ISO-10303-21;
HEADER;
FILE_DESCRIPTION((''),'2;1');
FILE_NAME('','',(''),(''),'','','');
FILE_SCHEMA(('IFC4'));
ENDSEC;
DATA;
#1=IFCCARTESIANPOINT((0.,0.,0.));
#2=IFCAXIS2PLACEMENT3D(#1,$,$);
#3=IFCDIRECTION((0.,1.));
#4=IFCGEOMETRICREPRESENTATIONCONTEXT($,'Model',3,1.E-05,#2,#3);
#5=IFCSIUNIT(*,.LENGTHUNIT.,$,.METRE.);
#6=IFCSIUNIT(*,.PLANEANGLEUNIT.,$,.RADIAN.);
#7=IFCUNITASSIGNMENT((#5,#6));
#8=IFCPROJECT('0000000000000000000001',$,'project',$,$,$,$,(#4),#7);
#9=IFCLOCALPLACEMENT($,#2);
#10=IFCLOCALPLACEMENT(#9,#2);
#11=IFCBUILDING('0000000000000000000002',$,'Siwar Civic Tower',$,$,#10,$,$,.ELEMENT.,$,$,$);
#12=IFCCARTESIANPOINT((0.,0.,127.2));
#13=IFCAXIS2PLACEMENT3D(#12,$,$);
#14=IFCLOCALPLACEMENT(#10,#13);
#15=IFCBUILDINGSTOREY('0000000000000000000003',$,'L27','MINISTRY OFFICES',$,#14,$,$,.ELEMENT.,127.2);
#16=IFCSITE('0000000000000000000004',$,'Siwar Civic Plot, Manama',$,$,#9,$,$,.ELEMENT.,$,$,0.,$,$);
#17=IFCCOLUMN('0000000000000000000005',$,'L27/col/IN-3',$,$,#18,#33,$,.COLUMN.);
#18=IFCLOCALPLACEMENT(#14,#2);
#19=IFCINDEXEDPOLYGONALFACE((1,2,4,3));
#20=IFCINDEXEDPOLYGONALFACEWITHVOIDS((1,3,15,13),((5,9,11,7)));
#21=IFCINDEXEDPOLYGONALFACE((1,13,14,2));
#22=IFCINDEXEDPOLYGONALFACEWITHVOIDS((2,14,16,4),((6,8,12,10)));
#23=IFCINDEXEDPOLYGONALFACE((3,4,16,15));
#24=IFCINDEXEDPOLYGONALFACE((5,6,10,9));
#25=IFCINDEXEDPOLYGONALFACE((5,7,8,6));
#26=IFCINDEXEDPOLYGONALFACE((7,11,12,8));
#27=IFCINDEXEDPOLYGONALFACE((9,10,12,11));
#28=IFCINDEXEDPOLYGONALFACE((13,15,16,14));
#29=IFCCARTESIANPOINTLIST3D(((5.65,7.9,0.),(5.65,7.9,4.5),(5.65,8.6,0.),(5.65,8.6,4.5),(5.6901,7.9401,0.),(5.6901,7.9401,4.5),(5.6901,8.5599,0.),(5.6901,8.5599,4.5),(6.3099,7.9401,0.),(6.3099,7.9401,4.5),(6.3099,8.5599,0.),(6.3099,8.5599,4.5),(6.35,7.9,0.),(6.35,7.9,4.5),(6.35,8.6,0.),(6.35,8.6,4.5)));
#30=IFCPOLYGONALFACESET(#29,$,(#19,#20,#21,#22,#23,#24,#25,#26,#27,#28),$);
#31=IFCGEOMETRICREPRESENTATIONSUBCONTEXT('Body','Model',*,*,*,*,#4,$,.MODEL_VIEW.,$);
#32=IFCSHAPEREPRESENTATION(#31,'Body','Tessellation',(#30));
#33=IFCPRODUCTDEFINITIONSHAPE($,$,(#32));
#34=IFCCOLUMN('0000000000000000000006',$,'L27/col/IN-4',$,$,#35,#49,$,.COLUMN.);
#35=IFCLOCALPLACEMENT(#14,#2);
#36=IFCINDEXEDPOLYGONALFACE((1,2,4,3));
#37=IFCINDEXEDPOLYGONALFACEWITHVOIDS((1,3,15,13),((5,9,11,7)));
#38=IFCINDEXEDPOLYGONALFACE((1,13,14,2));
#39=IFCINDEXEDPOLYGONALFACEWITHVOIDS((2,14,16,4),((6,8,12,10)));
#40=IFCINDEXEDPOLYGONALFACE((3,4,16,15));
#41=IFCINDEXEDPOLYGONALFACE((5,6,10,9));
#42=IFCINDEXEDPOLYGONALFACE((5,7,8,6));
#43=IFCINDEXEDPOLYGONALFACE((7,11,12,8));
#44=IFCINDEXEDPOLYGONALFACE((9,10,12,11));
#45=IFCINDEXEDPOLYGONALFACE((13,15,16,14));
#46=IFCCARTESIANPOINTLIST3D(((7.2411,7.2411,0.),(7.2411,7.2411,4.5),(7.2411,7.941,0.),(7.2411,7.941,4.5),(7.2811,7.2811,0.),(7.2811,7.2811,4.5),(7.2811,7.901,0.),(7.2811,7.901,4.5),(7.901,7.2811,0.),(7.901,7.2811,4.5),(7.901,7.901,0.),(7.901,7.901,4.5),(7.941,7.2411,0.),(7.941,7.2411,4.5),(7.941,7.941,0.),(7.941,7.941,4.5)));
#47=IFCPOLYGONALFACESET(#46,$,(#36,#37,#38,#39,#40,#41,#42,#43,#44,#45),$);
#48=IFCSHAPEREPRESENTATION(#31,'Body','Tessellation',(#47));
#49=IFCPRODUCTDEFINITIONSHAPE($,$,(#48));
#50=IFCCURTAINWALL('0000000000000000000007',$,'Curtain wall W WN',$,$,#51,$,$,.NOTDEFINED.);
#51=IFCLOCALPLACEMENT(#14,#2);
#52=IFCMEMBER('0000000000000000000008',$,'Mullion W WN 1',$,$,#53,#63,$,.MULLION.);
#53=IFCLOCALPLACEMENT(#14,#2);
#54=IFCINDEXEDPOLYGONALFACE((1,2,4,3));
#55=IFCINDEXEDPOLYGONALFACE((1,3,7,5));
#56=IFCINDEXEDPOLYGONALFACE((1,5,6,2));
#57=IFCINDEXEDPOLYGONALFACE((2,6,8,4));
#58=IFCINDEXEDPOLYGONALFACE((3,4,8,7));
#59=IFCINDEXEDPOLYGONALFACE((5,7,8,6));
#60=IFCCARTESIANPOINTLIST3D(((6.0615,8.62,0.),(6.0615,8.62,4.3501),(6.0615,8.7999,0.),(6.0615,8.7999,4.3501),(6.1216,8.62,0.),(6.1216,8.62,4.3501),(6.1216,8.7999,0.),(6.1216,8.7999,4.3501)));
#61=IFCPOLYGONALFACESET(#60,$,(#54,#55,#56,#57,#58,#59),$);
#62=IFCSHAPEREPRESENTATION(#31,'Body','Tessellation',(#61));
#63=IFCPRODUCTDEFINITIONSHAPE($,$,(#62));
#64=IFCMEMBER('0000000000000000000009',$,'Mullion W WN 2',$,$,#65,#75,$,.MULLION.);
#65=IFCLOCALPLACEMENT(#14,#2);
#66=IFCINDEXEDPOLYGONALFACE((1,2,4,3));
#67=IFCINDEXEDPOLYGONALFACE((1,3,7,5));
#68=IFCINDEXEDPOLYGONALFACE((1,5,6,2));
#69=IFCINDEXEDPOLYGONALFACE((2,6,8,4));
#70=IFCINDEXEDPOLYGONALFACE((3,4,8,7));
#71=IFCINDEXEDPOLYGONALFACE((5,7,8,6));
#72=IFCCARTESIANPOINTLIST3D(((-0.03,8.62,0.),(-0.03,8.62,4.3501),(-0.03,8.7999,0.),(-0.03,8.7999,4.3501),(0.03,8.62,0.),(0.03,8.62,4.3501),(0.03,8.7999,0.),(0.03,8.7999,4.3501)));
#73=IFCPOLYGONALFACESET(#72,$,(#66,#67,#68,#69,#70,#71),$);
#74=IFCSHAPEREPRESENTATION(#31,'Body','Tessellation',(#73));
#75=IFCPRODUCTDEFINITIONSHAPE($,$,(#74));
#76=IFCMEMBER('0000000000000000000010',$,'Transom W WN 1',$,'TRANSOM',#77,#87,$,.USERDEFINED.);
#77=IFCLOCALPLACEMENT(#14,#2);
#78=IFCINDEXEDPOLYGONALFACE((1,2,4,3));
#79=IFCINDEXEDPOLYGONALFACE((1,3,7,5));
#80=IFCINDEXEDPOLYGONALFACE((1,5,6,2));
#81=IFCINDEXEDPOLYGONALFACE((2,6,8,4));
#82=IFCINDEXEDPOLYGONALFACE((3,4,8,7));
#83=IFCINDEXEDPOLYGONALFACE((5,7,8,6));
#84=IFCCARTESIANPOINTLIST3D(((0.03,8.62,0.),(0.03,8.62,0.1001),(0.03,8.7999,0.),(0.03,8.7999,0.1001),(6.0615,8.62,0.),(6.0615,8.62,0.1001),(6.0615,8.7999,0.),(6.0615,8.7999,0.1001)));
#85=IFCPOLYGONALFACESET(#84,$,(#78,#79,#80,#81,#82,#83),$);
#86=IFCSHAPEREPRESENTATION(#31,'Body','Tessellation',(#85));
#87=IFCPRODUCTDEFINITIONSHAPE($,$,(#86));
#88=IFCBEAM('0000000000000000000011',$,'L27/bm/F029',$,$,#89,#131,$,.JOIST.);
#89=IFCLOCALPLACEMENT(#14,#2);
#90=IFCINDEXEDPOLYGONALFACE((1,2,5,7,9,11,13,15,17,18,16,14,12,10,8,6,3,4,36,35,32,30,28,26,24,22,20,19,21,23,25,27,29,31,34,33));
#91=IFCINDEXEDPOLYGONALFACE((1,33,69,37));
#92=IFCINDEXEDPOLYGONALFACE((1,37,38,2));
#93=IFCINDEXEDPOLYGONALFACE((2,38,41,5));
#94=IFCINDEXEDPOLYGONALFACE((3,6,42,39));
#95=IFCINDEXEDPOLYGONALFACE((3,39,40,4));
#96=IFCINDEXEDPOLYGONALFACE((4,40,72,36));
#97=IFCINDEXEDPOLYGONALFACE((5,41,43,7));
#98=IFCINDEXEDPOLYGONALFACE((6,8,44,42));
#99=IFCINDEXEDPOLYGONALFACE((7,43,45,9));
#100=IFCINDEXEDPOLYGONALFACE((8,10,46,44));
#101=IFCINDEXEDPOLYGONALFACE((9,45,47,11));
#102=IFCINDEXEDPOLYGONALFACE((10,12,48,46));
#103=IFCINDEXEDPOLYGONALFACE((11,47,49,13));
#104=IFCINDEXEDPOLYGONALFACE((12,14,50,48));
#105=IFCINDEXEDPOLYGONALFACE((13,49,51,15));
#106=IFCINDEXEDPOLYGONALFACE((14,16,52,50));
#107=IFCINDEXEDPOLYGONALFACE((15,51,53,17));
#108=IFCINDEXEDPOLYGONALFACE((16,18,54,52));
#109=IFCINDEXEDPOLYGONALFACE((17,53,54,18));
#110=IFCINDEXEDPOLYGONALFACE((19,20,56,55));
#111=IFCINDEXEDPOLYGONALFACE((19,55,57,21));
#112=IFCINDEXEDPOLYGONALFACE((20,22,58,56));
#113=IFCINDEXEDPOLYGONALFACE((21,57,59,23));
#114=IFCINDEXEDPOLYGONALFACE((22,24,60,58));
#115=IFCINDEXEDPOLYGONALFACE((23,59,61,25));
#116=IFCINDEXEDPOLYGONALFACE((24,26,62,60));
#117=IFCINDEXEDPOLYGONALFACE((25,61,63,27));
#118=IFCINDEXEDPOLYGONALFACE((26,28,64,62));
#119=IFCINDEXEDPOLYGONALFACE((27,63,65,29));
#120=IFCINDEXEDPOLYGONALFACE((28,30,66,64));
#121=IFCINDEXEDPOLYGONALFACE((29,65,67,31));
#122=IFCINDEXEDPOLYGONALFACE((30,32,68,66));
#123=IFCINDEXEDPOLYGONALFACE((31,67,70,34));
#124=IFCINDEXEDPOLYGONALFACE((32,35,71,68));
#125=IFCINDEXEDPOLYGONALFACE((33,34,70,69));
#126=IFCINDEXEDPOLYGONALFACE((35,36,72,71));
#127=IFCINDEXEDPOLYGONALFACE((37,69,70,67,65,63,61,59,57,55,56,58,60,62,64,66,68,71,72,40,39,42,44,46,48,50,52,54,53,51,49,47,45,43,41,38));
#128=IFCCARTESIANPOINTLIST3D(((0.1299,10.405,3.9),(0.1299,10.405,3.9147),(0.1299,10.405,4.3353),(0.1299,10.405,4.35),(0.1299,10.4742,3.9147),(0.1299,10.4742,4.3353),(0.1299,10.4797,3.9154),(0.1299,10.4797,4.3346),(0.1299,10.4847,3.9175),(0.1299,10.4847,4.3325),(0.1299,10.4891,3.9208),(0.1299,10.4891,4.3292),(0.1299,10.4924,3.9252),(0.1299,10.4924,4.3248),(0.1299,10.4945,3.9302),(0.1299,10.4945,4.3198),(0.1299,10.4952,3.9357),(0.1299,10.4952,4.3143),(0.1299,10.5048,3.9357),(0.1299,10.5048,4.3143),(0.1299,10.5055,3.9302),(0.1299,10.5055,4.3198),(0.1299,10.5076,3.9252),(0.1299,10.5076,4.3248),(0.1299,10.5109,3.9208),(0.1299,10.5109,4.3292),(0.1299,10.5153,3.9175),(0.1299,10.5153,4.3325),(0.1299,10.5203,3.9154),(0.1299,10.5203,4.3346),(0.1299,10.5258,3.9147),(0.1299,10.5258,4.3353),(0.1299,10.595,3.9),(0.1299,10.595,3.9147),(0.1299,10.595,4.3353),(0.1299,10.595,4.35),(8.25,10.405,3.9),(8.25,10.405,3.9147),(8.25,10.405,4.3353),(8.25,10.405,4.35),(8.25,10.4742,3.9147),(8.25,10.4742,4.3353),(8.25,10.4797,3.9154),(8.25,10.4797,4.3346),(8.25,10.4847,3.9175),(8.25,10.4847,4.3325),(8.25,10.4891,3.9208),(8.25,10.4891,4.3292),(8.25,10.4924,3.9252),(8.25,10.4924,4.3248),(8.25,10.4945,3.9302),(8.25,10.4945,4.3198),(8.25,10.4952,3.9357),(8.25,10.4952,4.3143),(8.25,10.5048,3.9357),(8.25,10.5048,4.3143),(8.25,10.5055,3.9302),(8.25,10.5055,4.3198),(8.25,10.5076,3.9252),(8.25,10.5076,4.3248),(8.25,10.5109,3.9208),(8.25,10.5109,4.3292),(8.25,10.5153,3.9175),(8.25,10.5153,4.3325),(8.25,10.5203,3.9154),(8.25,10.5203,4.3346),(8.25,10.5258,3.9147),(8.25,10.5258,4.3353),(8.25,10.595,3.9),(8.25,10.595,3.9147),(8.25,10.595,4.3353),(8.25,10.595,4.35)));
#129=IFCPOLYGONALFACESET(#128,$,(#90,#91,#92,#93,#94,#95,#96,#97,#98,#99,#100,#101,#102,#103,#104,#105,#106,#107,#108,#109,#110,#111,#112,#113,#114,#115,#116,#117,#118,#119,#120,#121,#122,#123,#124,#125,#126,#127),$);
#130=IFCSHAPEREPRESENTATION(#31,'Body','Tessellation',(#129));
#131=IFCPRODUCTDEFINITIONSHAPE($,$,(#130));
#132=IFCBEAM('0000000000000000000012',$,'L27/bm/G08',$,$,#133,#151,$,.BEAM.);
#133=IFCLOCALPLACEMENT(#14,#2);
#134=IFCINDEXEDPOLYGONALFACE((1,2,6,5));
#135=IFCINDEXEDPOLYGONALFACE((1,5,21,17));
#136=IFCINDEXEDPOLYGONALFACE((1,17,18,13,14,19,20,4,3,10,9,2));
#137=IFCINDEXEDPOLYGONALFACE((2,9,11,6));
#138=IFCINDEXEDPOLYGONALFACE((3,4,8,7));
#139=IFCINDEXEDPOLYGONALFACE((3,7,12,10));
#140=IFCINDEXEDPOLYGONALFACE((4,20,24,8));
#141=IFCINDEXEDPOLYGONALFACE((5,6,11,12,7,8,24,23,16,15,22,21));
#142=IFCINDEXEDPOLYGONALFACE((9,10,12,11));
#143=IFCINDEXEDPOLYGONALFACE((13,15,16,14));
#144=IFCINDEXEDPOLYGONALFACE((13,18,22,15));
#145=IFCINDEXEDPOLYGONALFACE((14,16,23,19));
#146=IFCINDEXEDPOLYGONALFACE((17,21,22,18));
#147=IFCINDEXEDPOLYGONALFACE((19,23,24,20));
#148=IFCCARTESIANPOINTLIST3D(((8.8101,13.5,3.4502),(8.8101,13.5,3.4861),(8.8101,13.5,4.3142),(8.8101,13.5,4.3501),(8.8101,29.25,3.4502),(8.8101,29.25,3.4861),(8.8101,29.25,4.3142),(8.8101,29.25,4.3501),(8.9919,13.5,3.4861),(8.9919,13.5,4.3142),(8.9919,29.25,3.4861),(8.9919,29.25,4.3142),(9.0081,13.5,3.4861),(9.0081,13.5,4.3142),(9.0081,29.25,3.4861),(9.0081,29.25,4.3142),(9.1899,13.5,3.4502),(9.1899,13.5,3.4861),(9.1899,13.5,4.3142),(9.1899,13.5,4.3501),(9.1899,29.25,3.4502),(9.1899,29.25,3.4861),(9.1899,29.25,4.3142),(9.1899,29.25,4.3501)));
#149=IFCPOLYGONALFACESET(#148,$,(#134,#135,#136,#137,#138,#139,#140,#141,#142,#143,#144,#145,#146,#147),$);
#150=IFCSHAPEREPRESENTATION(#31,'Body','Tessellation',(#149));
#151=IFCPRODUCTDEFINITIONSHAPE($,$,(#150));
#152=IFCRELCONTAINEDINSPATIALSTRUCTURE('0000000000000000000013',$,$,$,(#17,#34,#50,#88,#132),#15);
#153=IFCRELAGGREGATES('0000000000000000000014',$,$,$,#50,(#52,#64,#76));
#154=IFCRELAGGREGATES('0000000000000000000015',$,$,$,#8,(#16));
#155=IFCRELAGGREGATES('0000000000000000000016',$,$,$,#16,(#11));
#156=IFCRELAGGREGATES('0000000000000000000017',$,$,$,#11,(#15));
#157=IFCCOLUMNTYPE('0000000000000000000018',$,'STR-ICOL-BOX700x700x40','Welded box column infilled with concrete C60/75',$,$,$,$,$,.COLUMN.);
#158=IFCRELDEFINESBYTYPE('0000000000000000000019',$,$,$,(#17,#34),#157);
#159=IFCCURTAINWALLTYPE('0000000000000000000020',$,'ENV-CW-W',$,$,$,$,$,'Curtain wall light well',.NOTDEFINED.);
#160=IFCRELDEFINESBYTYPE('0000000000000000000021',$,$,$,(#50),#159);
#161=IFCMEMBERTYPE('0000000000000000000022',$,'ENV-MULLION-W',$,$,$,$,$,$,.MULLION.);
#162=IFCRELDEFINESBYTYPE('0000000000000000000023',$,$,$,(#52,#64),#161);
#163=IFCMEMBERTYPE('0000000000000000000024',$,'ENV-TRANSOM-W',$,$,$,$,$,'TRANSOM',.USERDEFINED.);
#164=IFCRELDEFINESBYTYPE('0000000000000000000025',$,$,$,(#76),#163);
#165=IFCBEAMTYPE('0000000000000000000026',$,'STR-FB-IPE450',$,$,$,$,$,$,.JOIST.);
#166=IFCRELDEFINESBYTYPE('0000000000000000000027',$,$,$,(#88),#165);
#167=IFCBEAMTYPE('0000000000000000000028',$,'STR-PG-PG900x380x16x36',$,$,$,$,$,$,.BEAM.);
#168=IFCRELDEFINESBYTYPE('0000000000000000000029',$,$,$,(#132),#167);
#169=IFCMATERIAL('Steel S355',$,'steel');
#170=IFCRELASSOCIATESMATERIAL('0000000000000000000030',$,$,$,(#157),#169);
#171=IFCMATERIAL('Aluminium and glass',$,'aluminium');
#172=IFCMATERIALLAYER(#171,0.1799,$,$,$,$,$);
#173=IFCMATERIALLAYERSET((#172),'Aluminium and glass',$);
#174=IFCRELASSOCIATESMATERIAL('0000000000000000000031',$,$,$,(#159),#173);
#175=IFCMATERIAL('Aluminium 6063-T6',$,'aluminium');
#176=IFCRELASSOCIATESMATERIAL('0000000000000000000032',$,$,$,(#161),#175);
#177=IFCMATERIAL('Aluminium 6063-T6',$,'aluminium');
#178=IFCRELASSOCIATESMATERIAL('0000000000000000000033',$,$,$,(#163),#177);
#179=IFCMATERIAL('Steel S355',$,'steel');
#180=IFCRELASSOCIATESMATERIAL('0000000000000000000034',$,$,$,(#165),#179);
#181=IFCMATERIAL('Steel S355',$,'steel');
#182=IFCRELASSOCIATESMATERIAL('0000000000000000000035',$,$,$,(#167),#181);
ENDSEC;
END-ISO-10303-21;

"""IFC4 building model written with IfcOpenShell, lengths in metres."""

from ifc_helpers import new_model, si_unit, direction, frame, origin, origin_2d, place, context, subcontext, project, spatial, rectangle, hollow_rectangle, i_section, extrude, material, layer, layer_set, material_profile, profile_set, type_object, element, aggregate, save


model = new_model("IFC4")

# Units and contexts
model_context = context("Model", 3, precision=1e-05, world=origin(), true_north=direction((0.0, 1.0)))
body_context = subcontext(model_context, "Body", "Model", "MODEL_VIEW")
ifc_project = project(units=[si_unit("LENGTHUNIT", "METRE"), si_unit("PLANEANGLEUNIT", "RADIAN")], contexts=[model_context])

# Site, building, storey
site_placement = place(None, origin())
site = spatial("IfcSite", under=ifc_project, at=site_placement, Name="Siwar Civic Plot, Manama", CompositionType="ELEMENT", RefElevation=0.0)
building_placement = place(site_placement, origin())
building = spatial("IfcBuilding", under=site, at=building_placement, Name="Siwar Civic Tower", CompositionType="ELEMENT")
storey_placement = place(building_placement, frame((0.0, 0.0, 127.2)))
storey = spatial("IfcBuildingStorey", under=building, at=storey_placement, Name="L27", Description="MINISTRY OFFICES", CompositionType="ELEMENT", Elevation=127.2)

# Columns
ifc_material_1 = material(Name="Steel S355", Category="steel")
ifc_material_profile_1 = material_profile(ifc_material_1, hollow_rectangle(XDim=0.7, YDim=0.7, WallThickness=0.04, at=origin_2d()), Name="BOX700x700x40")
ifc_profile_set_1 = profile_set([ifc_material_profile_1], Name="Steel S355")
column_type = type_object("IfcColumnType", Name="STR-ICOL-BOX700x700x40", Description="Welded box column infilled with concrete C60/75", PredefinedType="COLUMN", material=ifc_profile_set_1)
for number, where, z_axis, x_axis, name in (
    (1, (6.0, 8.25, 0.0), (0.0, 0.0, 1.0), (1.0, 0.0, 0.0), "L27/col/IN-3"),
    (2, (7.5911, 7.5911, 0.0), (0.0, 0.0, 1.0), (1.0, 0.0, 0.0), "L27/col/IN-4"),
):
    element("IfcColumn", number, at=place(storey_placement, frame(where, z_axis=z_axis, x_axis=x_axis)), inside=storey, type_object=column_type, Name=name, PredefinedType="COLUMN", context=body_context, shape_type="SweptSolid", body=[
        extrude(hollow_rectangle(XDim=0.7, YDim=0.7, WallThickness=0.04, at=origin_2d()), origin(), (0.0, 0.0, 1.0), 4.5),
    ])

# Curtain wall, members
ifc_material_2 = material(Name="Aluminium and glass", Category="aluminium")
ifc_layer_1 = layer(ifc_material_2, 0.1799)
ifc_layer_set_1 = layer_set([ifc_layer_1], Name="Aluminium and glass")
curtain_wall_type = type_object("IfcCurtainWallType", Name="ENV-CW-W", ElementType="Curtain wall light well", PredefinedType="NOTDEFINED", material=ifc_layer_set_1)
curtain_wall_placement = place(storey_placement, origin())
curtain_wall = element("IfcCurtainWall", 3, at=curtain_wall_placement, inside=storey, type_object=curtain_wall_type, Name="Curtain wall W WN", PredefinedType="NOTDEFINED")
ifc_material_3 = material(Name="Aluminium 6063-T6", Category="aluminium")
ifc_material_profile_2 = material_profile(ifc_material_3, rectangle(XDim=0.1799, YDim=0.0601, at=origin_2d()), Name="AL 180x60")
ifc_profile_set_2 = profile_set([ifc_material_profile_2], Name="Aluminium 6063-T6")
member_type_1 = type_object("IfcMemberType", Name="ENV-MULLION-W", PredefinedType="MULLION", material=ifc_profile_set_2)
member_1_placement = place(storey_placement, frame((6.0916, 8.71, 0.0), z_axis=(0.0, 0.0, 1.0), x_axis=(0.0, -1.0, 0.0)))
member_1 = element("IfcMember", 4, at=member_1_placement, type_object=member_type_1, Name="Mullion W WN 1", PredefinedType="MULLION", context=body_context, shape_type="SweptSolid", body=[
    extrude(rectangle(XDim=0.1799, YDim=0.0601, at=origin_2d()), origin(), (0.0, 0.0, 1.0), 4.3501),
])
member_2_placement = place(storey_placement, frame((0.0, 8.71, 0.0), z_axis=(0.0, 0.0, 1.0), x_axis=(0.0, -1.0, 0.0)))
member_2 = element("IfcMember", 5, at=member_2_placement, type_object=member_type_1, Name="Mullion W WN 2", PredefinedType="MULLION", context=body_context, shape_type="SweptSolid", body=[
    extrude(rectangle(XDim=0.1799, YDim=0.0601, at=origin_2d()), origin(), (0.0, 0.0, 1.0), 4.3501),
])
ifc_material_4 = material(Name="Aluminium 6063-T6", Category="aluminium")
ifc_material_profile_3 = material_profile(ifc_material_4, rectangle(XDim=0.1799, YDim=0.1001, at=origin_2d()), Name="AL 180x100")
ifc_profile_set_3 = profile_set([ifc_material_profile_3], Name="Aluminium 6063-T6")
member_type_2 = type_object("IfcMemberType", Name="ENV-TRANSOM-W", ElementType="TRANSOM", PredefinedType="USERDEFINED", material=ifc_profile_set_3)
member_3_placement = place(storey_placement, frame((6.0615, 8.71, 0.05), z_axis=(-1.0, 0.0, 0.0), x_axis=(0.0, -1.0, 0.0)))
member_3 = element("IfcMember", 6, at=member_3_placement, type_object=member_type_2, Name="Transom W WN 1", ObjectType="TRANSOM", PredefinedType="USERDEFINED", context=body_context, shape_type="SweptSolid", body=[
    extrude(rectangle(XDim=0.1799, YDim=0.1001, at=origin_2d()), origin(), (0.0, 0.0, 1.0), 6.0315),
])

# Beams
ifc_material_5 = material(Name="Steel S355", Category="steel")
ifc_material_profile_4 = material_profile(ifc_material_5, i_section(OverallWidth=0.1899, OverallDepth=0.45, WebThickness=0.0095, FlangeThickness=0.0146, FilletRadius=0.021, at=origin_2d()), Name="IPE450")
ifc_profile_set_4 = profile_set([ifc_material_profile_4], Name="Steel S355")
beam_type_1 = type_object("IfcBeamType", Name="STR-FB-IPE450", PredefinedType="JOIST", material=ifc_profile_set_4)
beam_1_placement = place(storey_placement, frame((0.1299, 10.5, 4.125), z_axis=(1.0, 0.0, 0.0), x_axis=(0.0, 1.0, 0.0)))
element("IfcBeam", 7, at=beam_1_placement, inside=storey, type_object=beam_type_1, Name="L27/bm/F029", PredefinedType="JOIST", context=body_context, shape_type="SweptSolid", body=[
    extrude(i_section(OverallWidth=0.1899, OverallDepth=0.45, WebThickness=0.0095, FlangeThickness=0.0146, FilletRadius=0.021, at=origin_2d()), origin(), (0.0, 0.0, 1.0), 8.1201),
])
ifc_material_6 = material(Name="Steel S355", Category="steel")
ifc_material_profile_5 = material_profile(ifc_material_6, i_section(OverallWidth=0.3799, OverallDepth=0.8999, WebThickness=0.0161, FlangeThickness=0.0359, at=origin_2d()), Name="PG900x380x16x36")
ifc_profile_set_5 = profile_set([ifc_material_profile_5], Name="Steel S355")
beam_type_2 = type_object("IfcBeamType", Name="STR-PG-PG900x380x16x36", PredefinedType="BEAM", material=ifc_profile_set_5)
beam_2_placement = place(storey_placement, frame((9.0, 13.5, 3.9001), z_axis=(0.0, 1.0, 0.0), x_axis=(-1.0, 0.0, 0.0)))
element("IfcBeam", 8, at=beam_2_placement, inside=storey, type_object=beam_type_2, Name="L27/bm/G08", PredefinedType="BEAM", context=body_context, shape_type="SweptSolid", body=[
    extrude(i_section(OverallWidth=0.3799, OverallDepth=0.8999, WebThickness=0.0161, FlangeThickness=0.0359, at=origin_2d()), origin(), (0.0, 0.0, 1.0), 15.75),
])

aggregate(curtain_wall, [member_1, member_2, member_3])

save(model, "model.ifc")
